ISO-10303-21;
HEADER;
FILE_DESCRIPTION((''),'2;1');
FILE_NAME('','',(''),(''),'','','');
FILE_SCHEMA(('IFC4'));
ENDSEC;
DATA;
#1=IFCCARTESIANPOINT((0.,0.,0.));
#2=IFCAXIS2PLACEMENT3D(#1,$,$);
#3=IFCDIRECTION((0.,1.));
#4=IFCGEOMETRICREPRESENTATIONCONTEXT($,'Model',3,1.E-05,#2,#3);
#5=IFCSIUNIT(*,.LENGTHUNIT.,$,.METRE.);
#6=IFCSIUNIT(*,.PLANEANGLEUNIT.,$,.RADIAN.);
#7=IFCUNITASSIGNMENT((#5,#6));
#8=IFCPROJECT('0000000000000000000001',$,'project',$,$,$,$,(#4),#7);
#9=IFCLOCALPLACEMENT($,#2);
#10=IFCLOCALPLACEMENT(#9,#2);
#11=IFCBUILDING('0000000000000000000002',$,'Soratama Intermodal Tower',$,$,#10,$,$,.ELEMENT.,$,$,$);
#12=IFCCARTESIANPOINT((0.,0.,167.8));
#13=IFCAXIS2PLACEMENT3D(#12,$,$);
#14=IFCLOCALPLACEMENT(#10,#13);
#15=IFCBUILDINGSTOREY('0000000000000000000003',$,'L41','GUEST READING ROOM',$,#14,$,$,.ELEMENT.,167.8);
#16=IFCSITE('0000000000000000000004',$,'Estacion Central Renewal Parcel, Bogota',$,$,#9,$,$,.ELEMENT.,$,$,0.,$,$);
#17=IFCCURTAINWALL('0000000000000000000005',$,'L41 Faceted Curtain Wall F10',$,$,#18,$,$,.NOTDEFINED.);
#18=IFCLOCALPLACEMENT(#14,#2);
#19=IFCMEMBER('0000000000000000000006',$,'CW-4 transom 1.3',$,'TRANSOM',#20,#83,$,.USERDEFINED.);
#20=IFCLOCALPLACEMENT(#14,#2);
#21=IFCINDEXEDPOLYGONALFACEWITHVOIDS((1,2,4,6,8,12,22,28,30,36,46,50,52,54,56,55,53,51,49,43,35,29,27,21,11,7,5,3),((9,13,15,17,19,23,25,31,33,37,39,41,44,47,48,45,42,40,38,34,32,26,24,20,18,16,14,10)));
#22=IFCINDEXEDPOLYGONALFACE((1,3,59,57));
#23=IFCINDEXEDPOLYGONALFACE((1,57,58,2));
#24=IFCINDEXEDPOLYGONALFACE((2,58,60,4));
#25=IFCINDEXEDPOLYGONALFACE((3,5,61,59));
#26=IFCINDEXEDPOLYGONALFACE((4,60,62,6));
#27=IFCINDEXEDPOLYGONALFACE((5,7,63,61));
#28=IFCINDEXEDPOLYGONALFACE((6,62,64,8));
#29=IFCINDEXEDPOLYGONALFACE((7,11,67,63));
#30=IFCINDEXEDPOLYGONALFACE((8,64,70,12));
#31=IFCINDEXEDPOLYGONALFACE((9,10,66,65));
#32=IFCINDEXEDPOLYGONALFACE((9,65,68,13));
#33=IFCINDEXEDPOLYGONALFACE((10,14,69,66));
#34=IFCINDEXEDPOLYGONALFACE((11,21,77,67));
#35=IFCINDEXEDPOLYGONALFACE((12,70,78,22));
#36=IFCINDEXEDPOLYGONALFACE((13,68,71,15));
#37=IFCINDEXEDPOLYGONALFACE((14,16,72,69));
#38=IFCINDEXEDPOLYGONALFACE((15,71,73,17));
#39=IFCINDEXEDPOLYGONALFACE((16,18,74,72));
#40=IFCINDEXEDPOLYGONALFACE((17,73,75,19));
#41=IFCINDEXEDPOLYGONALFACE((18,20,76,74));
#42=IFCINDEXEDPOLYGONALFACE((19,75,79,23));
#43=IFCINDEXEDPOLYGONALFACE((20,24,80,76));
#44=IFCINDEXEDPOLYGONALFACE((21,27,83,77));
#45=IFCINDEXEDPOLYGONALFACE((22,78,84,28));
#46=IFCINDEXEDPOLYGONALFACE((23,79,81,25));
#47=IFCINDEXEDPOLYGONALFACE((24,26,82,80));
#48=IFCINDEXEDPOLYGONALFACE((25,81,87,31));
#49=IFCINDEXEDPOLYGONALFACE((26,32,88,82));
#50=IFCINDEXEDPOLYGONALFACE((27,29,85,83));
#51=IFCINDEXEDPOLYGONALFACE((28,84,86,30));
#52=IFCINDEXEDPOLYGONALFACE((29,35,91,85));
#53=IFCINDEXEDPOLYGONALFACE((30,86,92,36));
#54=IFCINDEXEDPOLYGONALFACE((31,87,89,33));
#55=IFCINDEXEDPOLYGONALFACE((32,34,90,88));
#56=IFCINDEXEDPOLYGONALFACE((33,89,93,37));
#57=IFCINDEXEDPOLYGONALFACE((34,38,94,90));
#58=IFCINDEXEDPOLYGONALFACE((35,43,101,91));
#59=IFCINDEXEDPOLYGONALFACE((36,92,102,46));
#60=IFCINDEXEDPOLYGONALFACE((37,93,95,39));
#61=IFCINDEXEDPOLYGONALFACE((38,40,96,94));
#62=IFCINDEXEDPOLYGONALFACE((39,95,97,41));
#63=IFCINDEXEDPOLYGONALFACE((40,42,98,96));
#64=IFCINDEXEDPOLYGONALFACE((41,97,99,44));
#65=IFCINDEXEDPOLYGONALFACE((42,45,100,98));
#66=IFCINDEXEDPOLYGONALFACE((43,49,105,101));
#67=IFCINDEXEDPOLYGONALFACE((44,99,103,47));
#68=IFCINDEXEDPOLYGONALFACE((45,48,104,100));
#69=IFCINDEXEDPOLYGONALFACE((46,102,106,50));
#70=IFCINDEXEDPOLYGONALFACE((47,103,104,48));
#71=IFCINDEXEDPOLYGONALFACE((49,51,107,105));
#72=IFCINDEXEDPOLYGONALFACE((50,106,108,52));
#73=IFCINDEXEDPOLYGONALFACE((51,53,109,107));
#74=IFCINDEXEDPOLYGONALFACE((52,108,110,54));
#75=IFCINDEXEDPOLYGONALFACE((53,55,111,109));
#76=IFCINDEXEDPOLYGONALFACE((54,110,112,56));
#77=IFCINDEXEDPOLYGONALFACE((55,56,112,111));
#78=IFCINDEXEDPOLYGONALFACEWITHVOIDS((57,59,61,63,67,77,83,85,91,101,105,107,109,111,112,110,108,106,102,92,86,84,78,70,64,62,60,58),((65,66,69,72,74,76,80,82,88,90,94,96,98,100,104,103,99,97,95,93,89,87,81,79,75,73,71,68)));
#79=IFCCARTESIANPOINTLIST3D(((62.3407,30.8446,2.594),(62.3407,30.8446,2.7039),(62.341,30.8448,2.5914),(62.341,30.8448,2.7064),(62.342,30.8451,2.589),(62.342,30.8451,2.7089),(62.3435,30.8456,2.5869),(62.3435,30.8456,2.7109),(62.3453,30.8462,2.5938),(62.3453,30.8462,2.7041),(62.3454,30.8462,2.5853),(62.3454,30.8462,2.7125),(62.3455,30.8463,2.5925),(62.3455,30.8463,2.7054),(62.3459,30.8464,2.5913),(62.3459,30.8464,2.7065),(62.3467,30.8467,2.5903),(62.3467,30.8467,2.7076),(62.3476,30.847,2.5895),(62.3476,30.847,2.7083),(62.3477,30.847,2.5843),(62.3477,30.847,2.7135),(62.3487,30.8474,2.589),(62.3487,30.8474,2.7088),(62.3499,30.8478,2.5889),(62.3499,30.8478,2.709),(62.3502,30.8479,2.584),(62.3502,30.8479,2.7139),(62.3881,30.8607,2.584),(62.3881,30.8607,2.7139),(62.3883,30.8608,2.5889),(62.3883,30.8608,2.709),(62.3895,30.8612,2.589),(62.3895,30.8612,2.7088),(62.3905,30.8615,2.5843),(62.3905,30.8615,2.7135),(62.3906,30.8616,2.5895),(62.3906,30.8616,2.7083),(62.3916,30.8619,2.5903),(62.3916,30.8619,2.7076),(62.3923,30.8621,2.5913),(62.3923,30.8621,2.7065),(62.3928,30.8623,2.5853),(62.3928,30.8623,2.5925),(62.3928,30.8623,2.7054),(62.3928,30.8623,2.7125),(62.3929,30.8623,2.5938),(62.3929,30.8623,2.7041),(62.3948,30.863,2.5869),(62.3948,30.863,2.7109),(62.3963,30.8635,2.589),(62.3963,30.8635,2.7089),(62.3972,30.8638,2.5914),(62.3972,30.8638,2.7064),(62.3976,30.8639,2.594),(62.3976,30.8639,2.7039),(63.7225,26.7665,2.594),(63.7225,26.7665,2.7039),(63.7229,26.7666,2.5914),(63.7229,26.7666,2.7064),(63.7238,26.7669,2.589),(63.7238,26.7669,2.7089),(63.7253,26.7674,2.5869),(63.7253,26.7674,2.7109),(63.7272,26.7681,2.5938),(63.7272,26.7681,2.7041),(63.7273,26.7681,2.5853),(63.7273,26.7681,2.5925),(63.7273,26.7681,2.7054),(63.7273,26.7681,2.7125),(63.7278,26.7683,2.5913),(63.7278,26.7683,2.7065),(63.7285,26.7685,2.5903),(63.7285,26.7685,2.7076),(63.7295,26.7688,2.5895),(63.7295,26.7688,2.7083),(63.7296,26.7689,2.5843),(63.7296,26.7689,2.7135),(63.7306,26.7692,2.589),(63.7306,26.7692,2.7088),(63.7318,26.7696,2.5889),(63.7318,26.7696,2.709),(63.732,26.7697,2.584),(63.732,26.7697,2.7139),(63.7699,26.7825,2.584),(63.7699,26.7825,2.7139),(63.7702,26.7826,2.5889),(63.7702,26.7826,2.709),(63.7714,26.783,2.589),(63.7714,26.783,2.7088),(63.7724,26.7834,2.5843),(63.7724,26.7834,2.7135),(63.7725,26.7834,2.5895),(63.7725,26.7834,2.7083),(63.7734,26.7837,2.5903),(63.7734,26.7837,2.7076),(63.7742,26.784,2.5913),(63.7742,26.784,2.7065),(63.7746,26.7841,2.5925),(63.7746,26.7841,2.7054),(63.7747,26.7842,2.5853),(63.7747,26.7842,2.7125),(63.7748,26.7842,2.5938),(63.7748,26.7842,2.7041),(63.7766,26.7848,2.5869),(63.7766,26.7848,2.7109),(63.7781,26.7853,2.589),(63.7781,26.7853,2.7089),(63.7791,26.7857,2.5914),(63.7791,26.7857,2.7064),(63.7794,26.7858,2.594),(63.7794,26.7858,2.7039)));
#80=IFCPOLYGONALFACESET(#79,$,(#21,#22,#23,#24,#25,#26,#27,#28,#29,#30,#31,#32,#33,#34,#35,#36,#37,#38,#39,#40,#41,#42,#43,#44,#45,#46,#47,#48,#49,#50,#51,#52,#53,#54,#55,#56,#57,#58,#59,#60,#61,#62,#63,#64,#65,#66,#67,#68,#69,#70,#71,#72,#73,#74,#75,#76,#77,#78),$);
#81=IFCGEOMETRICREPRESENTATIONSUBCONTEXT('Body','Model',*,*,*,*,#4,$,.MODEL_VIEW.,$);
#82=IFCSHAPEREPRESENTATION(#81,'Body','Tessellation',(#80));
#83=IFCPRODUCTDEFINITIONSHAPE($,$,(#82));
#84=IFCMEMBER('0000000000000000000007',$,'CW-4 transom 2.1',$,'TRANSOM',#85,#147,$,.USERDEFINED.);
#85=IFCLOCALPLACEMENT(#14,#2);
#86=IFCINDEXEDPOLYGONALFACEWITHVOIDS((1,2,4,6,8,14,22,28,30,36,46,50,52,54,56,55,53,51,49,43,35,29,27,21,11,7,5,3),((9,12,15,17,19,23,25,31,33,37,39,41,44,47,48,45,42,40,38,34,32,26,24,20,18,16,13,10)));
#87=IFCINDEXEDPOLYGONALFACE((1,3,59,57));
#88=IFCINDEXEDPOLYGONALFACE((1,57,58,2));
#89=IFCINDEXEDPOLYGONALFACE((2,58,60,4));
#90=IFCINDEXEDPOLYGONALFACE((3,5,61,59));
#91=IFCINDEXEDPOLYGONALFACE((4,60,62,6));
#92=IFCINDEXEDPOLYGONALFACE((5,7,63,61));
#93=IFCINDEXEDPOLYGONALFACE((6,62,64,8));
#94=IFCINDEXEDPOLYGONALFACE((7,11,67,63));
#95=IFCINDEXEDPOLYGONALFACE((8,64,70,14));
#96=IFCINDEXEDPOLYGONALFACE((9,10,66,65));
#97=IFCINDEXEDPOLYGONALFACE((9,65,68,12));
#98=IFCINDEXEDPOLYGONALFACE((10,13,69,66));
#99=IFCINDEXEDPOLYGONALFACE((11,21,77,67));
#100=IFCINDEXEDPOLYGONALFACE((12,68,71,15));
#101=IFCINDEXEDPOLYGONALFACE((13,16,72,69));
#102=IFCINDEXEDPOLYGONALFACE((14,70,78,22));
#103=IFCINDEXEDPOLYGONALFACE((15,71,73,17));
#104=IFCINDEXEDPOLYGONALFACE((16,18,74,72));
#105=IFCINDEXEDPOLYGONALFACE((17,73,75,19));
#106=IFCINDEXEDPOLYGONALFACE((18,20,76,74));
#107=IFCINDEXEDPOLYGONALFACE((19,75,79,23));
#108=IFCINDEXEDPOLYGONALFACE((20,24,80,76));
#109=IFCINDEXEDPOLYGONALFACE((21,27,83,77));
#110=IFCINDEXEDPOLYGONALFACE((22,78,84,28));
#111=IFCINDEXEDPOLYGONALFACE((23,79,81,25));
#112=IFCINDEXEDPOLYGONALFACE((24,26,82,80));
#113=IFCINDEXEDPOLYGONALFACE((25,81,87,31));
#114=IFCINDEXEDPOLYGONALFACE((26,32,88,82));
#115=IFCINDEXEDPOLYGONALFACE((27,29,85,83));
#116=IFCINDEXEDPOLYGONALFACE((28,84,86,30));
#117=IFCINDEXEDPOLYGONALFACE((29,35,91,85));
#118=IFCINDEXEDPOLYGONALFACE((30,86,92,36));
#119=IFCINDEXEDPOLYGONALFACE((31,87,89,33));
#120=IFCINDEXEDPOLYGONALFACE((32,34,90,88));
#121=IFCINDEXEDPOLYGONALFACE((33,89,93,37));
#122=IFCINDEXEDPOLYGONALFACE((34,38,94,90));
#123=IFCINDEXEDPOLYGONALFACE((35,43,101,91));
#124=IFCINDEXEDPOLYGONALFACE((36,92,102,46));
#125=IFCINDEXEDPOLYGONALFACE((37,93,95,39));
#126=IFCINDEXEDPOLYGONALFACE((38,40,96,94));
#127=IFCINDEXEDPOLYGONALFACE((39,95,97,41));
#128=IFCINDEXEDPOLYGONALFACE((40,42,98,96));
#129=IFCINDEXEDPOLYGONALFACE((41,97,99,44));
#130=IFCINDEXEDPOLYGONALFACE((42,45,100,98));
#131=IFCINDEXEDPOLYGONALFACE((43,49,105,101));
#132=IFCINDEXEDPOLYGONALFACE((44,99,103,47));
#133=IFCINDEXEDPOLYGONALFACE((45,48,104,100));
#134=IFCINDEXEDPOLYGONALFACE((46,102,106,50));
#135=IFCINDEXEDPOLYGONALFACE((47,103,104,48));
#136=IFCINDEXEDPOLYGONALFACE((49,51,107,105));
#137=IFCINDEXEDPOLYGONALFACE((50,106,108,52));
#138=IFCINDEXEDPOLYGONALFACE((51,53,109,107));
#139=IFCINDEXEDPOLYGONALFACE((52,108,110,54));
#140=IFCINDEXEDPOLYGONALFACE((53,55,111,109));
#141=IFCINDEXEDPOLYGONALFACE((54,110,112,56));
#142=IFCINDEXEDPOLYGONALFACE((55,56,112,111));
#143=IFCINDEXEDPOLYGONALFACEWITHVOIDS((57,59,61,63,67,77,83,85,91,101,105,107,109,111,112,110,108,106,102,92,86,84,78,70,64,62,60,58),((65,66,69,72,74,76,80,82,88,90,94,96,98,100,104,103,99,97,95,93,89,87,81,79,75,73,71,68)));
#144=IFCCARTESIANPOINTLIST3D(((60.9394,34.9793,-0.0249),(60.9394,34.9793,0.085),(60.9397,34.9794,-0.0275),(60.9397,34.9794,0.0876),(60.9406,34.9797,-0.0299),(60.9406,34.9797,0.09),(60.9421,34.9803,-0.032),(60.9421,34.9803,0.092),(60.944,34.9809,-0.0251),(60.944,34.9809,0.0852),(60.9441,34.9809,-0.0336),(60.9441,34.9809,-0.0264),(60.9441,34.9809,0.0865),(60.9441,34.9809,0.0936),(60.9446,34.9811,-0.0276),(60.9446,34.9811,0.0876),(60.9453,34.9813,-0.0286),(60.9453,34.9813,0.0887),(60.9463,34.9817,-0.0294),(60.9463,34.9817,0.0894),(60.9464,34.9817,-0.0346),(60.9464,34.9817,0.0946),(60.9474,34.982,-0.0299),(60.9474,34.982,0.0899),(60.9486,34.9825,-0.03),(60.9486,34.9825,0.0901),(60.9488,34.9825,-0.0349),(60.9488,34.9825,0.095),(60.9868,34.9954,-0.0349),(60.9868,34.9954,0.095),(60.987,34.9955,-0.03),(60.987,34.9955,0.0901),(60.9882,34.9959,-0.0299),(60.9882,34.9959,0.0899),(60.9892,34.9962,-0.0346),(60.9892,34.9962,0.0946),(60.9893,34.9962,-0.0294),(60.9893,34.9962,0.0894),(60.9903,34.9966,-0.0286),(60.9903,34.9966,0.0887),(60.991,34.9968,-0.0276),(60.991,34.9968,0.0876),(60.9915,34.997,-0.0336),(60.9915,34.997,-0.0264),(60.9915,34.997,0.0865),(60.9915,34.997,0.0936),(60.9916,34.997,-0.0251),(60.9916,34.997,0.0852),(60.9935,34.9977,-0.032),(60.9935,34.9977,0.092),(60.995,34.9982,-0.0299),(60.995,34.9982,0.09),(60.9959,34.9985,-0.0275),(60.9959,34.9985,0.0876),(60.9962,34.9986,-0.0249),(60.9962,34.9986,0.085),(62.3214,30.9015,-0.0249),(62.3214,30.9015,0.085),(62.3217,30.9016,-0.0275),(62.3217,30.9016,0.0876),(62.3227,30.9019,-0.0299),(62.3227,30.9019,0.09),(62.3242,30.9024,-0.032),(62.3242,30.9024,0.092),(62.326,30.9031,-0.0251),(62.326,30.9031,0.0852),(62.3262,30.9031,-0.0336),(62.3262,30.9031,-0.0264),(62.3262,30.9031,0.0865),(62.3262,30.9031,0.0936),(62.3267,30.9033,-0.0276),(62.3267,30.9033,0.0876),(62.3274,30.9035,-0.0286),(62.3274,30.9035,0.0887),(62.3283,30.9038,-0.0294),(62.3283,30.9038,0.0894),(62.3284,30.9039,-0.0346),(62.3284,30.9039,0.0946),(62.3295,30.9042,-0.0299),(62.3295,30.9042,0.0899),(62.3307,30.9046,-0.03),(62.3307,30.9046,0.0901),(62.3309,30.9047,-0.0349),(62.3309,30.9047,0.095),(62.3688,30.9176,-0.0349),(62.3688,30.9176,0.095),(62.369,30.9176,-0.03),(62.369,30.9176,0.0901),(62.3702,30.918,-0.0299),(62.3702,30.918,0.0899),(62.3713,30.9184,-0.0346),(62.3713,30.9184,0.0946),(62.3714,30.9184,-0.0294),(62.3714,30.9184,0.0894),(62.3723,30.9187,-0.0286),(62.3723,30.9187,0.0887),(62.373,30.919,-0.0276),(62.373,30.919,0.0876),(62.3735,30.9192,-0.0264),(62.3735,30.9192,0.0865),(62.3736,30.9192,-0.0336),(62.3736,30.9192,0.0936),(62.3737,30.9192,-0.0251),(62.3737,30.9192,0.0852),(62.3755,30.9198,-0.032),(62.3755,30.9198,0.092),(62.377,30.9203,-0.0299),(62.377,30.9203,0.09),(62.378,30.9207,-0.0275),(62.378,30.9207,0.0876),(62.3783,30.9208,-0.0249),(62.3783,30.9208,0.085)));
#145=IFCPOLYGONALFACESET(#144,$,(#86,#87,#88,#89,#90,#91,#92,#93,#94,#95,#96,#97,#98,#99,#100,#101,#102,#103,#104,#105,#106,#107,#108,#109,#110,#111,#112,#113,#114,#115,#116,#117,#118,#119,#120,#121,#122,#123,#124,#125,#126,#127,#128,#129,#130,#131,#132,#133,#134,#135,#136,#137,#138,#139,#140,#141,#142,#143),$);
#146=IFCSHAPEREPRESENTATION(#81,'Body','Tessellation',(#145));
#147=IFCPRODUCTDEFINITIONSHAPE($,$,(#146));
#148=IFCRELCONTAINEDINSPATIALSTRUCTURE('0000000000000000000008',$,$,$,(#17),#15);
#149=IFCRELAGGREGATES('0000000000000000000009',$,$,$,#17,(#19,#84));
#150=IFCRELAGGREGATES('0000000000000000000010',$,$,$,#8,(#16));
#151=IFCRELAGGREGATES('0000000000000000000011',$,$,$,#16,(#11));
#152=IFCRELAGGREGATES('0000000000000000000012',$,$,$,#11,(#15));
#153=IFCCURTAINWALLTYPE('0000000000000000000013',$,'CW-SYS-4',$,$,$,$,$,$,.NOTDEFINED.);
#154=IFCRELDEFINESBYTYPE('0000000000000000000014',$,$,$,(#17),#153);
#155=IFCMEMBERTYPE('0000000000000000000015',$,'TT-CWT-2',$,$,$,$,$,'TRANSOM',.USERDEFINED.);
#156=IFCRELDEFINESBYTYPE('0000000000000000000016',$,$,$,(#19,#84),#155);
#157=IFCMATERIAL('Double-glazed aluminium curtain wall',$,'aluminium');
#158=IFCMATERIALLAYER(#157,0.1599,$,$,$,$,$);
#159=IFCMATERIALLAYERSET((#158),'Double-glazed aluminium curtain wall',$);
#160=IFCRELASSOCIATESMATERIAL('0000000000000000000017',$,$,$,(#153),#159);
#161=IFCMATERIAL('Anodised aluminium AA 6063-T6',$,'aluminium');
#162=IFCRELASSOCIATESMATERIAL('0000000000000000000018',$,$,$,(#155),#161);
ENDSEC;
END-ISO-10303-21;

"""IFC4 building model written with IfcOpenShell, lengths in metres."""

from ifc_helpers import new_model, si_unit, direction, frame, origin, origin_2d, place, context, subcontext, project, spatial, hollow_rectangle, extrude, material, layer, layer_set, material_profile, profile_set, type_object, element, aggregate, save


model = new_model("IFC4")

# Units and contexts
model_context = context("Model", 3, precision=1e-05, world=origin(), true_north=direction((0.0, 1.0)))
body_context = subcontext(model_context, "Body", "Model", "MODEL_VIEW")
ifc_project = project(units=[si_unit("LENGTHUNIT", "METRE"), si_unit("PLANEANGLEUNIT", "RADIAN")], contexts=[model_context])

# Site, building, storey
site_placement = place(None, origin())
site = spatial("IfcSite", under=ifc_project, at=site_placement, Name="Estacion Central Renewal Parcel, Bogota", CompositionType="ELEMENT", RefElevation=0.0)
building_placement = place(site_placement, origin())
building = spatial("IfcBuilding", under=site, at=building_placement, Name="Soratama Intermodal Tower", CompositionType="ELEMENT")
storey_placement = place(building_placement, frame((0.0, 0.0, 167.8)))
storey = spatial("IfcBuildingStorey", under=building, at=storey_placement, Name="L41", Description="GUEST READING ROOM", CompositionType="ELEMENT", Elevation=167.8)

# Curtain wall, members
ifc_material_1 = material(Name="Double-glazed aluminium curtain wall", Category="aluminium")
ifc_layer_1 = layer(ifc_material_1, 0.1599)
ifc_layer_set_1 = layer_set([ifc_layer_1], Name="Double-glazed aluminium curtain wall")
curtain_wall_type = type_object("IfcCurtainWallType", Name="CW-SYS-4", PredefinedType="NOTDEFINED", material=ifc_layer_set_1)
curtain_wall_placement = place(storey_placement, origin())
curtain_wall = element("IfcCurtainWall", 1, at=curtain_wall_placement, inside=storey, type_object=curtain_wall_type, Name="L41 Faceted Curtain Wall F10", PredefinedType="NOTDEFINED")
ifc_material_2 = material(Name="Anodised aluminium AA 6063-T6", Category="aluminium")
ifc_material_profile_1 = material_profile(ifc_material_2, hollow_rectangle(XDim=0.0601, YDim=0.1299, WallThickness=0.0049, InnerFilletRadius=0.0049, OuterFilletRadius=0.01, at=origin_2d()), Name="CWT130X60X5")
ifc_profile_set_1 = profile_set([ifc_material_profile_1], Name="Anodised aluminium AA 6063-T6")
member_type_1 = type_object("IfcMemberType", Name="TT-CWT-2", ElementType="TRANSOM", PredefinedType="USERDEFINED", material=ifc_profile_set_1)
member_1_placement = place(storey_placement, frame((63.751, 26.7761, 2.6489), z_axis=(-0.320919, 0.947107, 0.0), x_axis=(-0.947107, -0.320919, 0.0)))
member_1 = element("IfcMember", 2, at=member_1_placement, type_object=member_type_1, Name="CW-4 transom 1.3", ObjectType="TRANSOM", PredefinedType="USERDEFINED", context=body_context, shape_type="SweptSolid", body=[
    extrude(hollow_rectangle(XDim=0.0601, YDim=0.1299, WallThickness=0.0049, InnerFilletRadius=0.0049, OuterFilletRadius=0.01, at=origin_2d()), origin(), (0.0, 0.0, 1.0), 4.3059),
])
member_2_placement = place(storey_placement, frame((62.3499, 30.9111, 0.03), z_axis=(-0.320987, 0.947084, 0.0), x_axis=(-0.947084, -0.320987, 0.0)))
member_2 = element("IfcMember", 3, at=member_2_placement, type_object=member_type_1, Name="CW-4 transom 2.1", ObjectType="TRANSOM", PredefinedType="USERDEFINED", context=body_context, shape_type="SweptSolid", body=[
    extrude(hollow_rectangle(XDim=0.0601, YDim=0.1299, WallThickness=0.0049, InnerFilletRadius=0.0049, OuterFilletRadius=0.01, at=origin_2d()), origin(), (0.0, 0.0, 1.0), 4.3057),
])
aggregate(curtain_wall, [member_1, member_2])

save(model, "model.ifc")
